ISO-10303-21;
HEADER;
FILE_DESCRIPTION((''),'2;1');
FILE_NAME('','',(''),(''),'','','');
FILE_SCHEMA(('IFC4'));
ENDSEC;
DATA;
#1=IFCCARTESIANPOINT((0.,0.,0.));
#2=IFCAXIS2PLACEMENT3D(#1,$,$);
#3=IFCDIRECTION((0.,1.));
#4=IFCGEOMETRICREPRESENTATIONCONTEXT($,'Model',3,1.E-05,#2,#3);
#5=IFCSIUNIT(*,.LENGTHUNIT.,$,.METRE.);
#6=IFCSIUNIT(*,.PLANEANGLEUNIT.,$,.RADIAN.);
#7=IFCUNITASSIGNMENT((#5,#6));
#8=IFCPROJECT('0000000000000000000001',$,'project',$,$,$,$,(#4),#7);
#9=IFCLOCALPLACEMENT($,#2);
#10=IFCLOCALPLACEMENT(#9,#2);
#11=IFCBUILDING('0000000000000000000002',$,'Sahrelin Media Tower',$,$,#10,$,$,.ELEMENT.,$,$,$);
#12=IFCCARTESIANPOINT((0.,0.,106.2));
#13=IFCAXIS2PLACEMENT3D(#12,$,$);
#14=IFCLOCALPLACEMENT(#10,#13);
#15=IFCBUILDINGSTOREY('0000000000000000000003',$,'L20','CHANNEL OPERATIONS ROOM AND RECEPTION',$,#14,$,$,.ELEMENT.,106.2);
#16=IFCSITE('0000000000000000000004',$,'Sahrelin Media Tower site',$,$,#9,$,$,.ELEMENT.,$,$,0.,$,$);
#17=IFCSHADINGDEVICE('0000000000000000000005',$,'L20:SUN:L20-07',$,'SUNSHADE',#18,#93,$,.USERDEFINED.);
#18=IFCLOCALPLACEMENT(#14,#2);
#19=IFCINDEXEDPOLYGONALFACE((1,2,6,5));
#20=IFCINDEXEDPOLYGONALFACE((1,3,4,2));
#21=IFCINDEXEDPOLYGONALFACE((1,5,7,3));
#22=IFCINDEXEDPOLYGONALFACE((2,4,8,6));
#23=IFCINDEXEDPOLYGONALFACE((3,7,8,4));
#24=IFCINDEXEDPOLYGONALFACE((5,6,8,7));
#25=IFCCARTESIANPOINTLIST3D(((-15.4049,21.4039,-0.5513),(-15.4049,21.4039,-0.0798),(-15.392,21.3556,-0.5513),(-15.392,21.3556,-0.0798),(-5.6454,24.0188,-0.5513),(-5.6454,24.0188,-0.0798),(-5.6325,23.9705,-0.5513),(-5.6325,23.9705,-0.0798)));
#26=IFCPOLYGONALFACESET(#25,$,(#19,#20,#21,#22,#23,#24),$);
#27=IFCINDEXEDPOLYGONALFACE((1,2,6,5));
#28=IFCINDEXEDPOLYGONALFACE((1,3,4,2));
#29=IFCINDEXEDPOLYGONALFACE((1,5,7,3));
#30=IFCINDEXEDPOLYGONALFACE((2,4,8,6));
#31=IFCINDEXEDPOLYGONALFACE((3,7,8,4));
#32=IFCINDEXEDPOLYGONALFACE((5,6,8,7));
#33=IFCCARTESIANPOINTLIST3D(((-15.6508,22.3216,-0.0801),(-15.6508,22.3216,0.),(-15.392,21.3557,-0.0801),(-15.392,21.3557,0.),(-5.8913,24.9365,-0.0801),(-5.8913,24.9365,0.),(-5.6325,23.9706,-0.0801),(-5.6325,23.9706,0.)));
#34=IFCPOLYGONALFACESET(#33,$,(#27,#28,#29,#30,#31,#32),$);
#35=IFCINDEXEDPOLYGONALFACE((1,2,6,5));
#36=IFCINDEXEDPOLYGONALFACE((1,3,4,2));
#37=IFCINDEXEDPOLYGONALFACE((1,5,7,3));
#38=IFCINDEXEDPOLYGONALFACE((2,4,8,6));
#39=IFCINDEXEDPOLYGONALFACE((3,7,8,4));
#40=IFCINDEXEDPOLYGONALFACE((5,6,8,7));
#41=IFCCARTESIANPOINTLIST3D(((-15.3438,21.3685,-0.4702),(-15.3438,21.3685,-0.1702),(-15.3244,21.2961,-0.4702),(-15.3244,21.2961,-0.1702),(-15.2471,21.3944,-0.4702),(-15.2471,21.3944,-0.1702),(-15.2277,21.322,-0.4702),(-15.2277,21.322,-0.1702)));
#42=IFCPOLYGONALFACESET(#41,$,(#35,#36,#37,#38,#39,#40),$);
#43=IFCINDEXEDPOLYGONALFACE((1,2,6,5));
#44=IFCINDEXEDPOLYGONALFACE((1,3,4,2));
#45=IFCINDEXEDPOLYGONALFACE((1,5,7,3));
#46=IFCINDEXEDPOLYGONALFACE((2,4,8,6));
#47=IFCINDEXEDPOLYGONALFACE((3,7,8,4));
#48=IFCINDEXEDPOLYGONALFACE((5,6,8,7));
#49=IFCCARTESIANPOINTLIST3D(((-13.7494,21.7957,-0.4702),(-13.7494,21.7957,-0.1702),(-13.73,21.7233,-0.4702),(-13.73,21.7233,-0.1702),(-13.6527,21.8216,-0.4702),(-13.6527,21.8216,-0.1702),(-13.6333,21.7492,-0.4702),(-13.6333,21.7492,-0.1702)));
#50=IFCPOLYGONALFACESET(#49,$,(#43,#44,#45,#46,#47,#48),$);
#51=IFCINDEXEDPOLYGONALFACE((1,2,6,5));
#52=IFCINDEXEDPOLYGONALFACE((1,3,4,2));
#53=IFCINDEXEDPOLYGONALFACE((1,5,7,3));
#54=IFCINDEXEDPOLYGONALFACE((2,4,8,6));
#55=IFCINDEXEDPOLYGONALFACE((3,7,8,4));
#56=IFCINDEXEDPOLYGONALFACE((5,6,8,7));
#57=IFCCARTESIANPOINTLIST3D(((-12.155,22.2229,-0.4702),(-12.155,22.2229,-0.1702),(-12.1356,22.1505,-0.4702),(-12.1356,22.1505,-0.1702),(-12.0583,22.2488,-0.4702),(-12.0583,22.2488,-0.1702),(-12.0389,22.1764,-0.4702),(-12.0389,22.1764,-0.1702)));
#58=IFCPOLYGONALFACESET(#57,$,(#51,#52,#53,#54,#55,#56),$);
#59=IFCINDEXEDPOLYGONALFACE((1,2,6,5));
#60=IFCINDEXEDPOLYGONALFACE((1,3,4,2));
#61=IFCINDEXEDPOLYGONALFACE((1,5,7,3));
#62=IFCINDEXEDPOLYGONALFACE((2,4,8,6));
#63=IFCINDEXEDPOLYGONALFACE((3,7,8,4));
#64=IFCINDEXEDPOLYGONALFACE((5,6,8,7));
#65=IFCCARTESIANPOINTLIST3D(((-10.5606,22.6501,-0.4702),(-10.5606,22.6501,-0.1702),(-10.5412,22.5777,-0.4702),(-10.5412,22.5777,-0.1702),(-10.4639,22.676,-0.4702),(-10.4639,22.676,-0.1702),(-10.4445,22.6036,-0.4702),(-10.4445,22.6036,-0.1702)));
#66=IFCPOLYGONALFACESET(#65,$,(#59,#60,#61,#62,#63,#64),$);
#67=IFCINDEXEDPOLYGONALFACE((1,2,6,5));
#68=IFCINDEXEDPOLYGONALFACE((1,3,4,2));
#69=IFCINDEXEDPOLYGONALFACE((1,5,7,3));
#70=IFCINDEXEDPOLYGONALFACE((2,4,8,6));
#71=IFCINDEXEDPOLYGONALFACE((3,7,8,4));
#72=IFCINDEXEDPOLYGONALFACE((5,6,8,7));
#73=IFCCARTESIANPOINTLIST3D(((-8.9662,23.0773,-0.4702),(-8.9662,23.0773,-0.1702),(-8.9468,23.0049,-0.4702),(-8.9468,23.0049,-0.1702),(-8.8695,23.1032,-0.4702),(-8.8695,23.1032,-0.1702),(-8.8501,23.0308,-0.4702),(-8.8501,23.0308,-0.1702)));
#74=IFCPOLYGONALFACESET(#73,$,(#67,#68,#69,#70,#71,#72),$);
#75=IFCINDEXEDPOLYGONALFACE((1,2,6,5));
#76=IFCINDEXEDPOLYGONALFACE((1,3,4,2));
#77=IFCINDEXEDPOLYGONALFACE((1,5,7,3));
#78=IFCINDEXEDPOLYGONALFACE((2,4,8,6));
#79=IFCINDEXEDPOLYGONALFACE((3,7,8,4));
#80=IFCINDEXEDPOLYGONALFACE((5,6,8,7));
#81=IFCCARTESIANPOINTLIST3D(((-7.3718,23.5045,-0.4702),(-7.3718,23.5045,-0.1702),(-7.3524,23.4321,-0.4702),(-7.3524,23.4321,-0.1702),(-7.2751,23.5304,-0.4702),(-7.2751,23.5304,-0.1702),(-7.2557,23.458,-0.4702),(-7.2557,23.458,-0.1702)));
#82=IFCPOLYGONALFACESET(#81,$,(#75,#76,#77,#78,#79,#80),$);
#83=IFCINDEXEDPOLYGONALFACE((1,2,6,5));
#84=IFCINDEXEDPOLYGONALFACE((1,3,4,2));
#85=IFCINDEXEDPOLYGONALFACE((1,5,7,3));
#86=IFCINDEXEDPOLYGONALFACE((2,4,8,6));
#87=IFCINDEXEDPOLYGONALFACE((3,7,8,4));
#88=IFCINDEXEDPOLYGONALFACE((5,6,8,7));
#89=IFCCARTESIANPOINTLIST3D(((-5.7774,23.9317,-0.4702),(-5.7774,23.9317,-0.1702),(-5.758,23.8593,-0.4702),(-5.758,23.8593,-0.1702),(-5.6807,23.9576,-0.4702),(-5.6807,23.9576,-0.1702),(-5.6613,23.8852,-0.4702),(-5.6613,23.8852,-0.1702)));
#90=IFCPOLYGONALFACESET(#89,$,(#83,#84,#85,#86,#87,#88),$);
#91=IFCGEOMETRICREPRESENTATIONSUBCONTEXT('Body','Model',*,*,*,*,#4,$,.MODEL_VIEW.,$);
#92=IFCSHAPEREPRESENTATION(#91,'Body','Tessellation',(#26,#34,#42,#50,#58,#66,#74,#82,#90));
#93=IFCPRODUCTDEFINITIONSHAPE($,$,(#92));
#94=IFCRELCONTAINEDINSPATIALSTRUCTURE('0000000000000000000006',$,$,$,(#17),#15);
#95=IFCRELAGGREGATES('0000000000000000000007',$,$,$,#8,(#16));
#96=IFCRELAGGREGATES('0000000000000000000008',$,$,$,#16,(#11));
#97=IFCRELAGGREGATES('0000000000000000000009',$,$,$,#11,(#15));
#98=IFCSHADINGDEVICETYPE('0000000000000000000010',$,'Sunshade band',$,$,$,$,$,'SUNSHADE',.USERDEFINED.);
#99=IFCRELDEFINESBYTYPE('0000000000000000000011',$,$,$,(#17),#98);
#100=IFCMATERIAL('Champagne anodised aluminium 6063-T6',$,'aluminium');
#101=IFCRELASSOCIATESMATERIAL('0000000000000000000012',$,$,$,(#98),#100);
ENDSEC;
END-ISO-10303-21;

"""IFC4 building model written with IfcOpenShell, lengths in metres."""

from ifc_helpers import new_model, si_unit, direction, frame, origin, origin_2d, place, context, subcontext, project, spatial, rectangle, extrude, material, type_object, element, save


model = new_model("IFC4")

# Units and contexts
model_context = context("Model", 3, precision=1e-05, world=origin(), true_north=direction((0.0, 1.0)))
body_context = subcontext(model_context, "Body", "Model", "MODEL_VIEW")
ifc_project = project(units=[si_unit("LENGTHUNIT", "METRE"), si_unit("PLANEANGLEUNIT", "RADIAN")], contexts=[model_context])

# Site, building, storey
site_placement = place(None, origin())
site = spatial("IfcSite", under=ifc_project, at=site_placement, Name="Sahrelin Media Tower site", CompositionType="ELEMENT", RefElevation=0.0)
building_placement = place(site_placement, origin())
building = spatial("IfcBuilding", under=site, at=building_placement, Name="Sahrelin Media Tower", CompositionType="ELEMENT")
storey_placement = place(building_placement, frame((0.0, 0.0, 106.2)))
storey = spatial("IfcBuildingStorey", under=building, at=storey_placement, Name="L20", Description="CHANNEL OPERATIONS ROOM AND RECEPTION", CompositionType="ELEMENT", Elevation=106.2)

# Shared definitions
ifc_material_1 = material(Name="Champagne anodised aluminium 6063-T6", Category="aluminium")

# Shading device
placement_1 = place(storey_placement, frame((-10.5071, 22.6438, 0.0), z_axis=(0.0, 0.0, 1.0), x_axis=(0.965929, 0.258808, 0.0)))
shading_device_type_1 = type_object("IfcShadingDeviceType", Name="Sunshade band", ElementType="SUNSHADE", PredefinedType="USERDEFINED", material=ifc_material_1)
element("IfcShadingDevice", 1, at=placement_1, inside=storey, type_object=shading_device_type_1, Name="L20:SUN:L20-07", ObjectType="SUNSHADE", PredefinedType="USERDEFINED", context=body_context, shape_type="SweptSolid", body=[
    extrude(rectangle(XDim=10.1038, YDim=0.05, at=origin_2d()), frame((0.0, 0.0449, -0.5513)), (0.0, 0.0, 1.0), 0.4714),
    extrude(rectangle(XDim=10.1038, YDim=1.0, at=origin_2d()), frame((0.0, 0.52, -0.0801)), (0.0, 0.0, 1.0), 0.0801),
    extrude(rectangle(XDim=0.1001, YDim=0.075, at=origin_2d()), frame((-4.9519, -0.0176, -0.4702)), (0.0, 0.0, 1.0), 0.3),
    extrude(rectangle(XDim=0.1001, YDim=0.075, at=origin_2d()), frame((-3.3013, -0.0176, -0.4702)), (0.0, 0.0, 1.0), 0.3),
    extrude(rectangle(XDim=0.1001, YDim=0.075, at=origin_2d()), frame((-1.6506, -0.0176, -0.4702)), (0.0, 0.0, 1.0), 0.3),
    extrude(rectangle(XDim=0.1001, YDim=0.075, at=origin_2d()), frame((0.0, -0.0176, -0.4702)), (0.0, 0.0, 1.0), 0.3),
    extrude(rectangle(XDim=0.1001, YDim=0.075, at=origin_2d()), frame((1.6506, -0.0176, -0.4702)), (0.0, 0.0, 1.0), 0.3),
    extrude(rectangle(XDim=0.1001, YDim=0.075, at=origin_2d()), frame((3.3013, -0.0176, -0.4702)), (0.0, 0.0, 1.0), 0.3),
    extrude(rectangle(XDim=0.1001, YDim=0.075, at=origin_2d()), frame((4.9519, -0.0176, -0.4702)), (0.0, 0.0, 1.0), 0.3),
])

save(model, "model.ifc")
